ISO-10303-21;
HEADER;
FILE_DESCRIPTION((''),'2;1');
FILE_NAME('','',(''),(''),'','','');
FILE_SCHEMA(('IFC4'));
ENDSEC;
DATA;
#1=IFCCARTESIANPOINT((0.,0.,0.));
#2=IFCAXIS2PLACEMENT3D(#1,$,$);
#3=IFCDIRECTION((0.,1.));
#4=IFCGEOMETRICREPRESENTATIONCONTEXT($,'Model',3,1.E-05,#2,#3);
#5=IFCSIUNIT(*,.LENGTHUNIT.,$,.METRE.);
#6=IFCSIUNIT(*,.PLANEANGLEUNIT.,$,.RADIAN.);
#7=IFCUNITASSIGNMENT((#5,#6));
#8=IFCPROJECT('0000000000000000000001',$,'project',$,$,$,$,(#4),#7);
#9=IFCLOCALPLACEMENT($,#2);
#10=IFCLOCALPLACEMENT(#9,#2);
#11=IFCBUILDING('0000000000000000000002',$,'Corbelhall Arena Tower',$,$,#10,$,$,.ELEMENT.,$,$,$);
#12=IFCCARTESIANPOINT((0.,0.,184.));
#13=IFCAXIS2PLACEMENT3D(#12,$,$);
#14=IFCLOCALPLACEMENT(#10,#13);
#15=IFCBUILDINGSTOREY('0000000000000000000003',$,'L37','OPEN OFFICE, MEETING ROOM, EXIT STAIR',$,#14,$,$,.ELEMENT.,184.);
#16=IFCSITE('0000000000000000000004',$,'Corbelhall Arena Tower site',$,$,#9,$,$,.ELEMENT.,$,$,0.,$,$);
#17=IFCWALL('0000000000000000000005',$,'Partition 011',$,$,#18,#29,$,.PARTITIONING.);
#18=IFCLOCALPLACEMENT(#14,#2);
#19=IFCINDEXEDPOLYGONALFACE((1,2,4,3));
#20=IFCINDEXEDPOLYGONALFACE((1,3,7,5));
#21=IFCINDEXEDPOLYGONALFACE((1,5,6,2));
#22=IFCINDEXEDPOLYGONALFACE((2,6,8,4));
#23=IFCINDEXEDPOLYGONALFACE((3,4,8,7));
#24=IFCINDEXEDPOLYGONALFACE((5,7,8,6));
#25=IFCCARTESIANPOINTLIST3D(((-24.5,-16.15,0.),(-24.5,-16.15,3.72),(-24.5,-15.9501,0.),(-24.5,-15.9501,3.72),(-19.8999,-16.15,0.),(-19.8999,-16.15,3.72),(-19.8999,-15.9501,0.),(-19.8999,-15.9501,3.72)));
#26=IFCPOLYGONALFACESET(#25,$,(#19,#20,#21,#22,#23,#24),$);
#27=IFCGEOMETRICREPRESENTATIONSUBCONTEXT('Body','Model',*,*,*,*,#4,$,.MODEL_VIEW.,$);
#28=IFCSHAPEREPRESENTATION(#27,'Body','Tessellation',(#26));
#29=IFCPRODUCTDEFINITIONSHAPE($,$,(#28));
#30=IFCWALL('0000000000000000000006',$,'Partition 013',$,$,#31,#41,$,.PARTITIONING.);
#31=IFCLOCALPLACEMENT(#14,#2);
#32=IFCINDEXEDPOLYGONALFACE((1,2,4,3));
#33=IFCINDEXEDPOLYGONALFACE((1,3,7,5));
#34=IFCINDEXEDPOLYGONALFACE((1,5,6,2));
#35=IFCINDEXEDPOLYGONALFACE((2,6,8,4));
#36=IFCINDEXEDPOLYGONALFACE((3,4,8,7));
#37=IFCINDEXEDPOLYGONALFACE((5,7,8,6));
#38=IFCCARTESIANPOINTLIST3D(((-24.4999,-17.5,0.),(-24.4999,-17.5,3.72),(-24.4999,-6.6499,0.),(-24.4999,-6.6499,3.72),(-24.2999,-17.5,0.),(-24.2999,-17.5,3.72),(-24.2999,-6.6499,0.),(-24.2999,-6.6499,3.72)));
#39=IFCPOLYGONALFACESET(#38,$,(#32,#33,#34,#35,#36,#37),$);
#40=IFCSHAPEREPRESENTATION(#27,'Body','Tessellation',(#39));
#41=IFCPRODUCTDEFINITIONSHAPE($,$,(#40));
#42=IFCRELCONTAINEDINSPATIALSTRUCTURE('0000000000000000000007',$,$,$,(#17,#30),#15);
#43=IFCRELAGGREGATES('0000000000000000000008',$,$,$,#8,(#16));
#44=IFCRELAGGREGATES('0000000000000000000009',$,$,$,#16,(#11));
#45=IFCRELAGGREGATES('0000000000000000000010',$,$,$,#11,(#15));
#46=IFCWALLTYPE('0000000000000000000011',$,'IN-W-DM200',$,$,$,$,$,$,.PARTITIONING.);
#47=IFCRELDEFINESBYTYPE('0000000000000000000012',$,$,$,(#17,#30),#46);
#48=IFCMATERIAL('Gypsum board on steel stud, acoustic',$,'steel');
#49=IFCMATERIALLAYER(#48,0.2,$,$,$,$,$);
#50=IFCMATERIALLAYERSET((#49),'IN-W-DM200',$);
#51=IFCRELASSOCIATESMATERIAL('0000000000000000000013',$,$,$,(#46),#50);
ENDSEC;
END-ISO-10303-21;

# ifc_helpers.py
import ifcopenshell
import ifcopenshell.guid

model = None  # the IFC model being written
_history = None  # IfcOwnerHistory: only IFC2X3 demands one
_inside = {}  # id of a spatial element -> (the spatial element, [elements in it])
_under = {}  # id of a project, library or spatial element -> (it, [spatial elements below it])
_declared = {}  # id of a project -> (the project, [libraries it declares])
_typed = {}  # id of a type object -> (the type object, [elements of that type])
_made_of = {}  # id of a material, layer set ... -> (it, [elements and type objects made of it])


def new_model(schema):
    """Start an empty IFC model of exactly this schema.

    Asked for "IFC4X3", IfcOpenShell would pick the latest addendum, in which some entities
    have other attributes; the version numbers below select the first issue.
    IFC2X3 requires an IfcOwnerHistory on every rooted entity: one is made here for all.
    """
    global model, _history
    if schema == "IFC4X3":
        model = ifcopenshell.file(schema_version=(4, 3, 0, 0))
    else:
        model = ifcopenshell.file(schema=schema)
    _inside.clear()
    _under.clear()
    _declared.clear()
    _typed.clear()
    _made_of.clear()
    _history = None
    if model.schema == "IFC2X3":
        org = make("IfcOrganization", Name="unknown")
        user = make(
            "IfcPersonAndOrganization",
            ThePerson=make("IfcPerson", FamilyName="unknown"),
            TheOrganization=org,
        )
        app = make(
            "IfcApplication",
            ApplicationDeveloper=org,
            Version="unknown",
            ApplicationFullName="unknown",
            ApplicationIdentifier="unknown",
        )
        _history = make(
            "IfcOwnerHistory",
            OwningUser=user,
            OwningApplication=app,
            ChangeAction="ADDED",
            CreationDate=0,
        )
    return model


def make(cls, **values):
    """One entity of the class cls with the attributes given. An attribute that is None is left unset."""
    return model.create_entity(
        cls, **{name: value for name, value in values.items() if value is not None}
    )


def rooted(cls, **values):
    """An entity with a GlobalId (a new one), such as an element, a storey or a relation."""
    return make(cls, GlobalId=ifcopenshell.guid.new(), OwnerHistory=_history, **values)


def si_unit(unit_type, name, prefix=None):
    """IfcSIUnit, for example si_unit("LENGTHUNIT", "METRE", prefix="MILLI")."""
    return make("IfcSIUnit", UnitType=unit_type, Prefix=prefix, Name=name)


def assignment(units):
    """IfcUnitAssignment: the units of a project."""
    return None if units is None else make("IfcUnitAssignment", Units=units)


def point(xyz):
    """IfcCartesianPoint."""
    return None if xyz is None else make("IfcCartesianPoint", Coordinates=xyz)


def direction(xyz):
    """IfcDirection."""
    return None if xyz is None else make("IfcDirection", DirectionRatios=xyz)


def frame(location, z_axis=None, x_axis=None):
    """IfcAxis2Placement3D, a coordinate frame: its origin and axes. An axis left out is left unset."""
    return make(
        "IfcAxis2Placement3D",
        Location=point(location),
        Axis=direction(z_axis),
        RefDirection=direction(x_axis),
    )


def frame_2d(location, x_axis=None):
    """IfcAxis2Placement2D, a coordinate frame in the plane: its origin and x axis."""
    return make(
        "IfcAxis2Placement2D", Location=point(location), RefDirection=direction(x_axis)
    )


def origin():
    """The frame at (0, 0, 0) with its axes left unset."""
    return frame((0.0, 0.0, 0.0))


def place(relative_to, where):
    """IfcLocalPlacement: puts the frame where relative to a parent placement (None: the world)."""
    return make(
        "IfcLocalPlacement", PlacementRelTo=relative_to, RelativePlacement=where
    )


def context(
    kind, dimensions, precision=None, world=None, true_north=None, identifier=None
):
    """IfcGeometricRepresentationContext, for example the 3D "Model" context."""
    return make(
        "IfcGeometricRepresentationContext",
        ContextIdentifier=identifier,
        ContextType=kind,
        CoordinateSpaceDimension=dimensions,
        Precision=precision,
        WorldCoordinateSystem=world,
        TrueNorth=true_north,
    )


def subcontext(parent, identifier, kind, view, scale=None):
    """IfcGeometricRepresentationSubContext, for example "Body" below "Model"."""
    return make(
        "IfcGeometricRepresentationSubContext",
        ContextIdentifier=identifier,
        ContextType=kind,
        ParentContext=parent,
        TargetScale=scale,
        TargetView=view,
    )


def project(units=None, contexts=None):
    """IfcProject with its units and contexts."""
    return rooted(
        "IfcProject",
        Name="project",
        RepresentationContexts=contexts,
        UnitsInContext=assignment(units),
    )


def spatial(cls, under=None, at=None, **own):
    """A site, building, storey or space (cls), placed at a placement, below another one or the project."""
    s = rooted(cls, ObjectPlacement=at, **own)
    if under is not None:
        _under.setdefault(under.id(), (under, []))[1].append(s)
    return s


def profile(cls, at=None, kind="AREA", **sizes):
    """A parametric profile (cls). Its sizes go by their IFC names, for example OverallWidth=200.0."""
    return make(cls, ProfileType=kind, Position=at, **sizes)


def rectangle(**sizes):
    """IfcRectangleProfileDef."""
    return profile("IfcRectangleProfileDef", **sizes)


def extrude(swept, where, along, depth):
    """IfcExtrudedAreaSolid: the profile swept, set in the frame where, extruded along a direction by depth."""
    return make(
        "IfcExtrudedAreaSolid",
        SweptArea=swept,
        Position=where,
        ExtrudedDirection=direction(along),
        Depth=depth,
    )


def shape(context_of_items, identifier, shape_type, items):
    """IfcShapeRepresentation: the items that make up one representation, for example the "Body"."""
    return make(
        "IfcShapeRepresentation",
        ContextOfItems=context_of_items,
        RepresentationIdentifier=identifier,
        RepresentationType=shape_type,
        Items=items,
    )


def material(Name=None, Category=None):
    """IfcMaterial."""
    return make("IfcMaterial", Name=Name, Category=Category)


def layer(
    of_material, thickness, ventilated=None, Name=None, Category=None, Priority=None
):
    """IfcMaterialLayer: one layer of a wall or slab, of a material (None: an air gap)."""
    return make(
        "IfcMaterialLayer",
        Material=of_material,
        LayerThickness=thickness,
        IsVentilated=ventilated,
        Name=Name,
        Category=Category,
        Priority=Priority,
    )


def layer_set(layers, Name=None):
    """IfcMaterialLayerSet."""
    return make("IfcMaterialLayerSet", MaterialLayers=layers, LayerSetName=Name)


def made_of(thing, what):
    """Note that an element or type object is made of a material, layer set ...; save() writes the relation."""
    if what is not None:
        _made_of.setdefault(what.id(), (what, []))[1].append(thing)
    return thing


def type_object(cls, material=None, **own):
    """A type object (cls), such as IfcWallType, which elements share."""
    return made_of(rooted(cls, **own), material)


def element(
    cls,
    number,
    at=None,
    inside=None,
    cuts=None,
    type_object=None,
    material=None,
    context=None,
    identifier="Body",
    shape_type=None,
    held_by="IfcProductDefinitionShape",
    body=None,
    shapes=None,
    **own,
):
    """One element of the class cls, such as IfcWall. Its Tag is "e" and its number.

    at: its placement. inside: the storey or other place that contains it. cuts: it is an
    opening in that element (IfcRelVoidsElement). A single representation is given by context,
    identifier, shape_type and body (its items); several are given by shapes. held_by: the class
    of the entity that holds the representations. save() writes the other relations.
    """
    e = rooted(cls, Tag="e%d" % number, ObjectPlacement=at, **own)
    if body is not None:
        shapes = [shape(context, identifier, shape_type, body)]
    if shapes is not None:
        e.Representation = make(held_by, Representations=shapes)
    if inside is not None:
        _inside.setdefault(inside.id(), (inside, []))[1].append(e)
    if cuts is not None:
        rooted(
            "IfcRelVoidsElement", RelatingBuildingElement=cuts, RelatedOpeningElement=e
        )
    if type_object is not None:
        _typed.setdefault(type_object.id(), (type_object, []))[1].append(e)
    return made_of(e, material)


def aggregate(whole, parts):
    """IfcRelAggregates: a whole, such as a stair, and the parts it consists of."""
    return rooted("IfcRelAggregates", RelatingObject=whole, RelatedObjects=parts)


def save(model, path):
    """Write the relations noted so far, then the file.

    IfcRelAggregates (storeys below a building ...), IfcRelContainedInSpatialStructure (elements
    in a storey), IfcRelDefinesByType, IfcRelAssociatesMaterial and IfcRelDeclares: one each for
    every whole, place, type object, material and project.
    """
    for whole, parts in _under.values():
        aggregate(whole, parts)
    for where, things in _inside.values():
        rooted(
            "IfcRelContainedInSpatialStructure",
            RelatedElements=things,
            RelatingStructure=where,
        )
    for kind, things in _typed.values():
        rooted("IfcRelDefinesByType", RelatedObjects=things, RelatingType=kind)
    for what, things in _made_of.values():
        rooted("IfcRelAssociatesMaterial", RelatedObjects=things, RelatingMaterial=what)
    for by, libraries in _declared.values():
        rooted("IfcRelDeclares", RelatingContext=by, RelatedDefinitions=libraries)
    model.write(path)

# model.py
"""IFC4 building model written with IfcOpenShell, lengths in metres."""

from ifc_helpers import new_model, si_unit, direction, frame, frame_2d, origin, place, context, subcontext, project, spatial, rectangle, extrude, material, layer, layer_set, type_object, element, save


model = new_model("IFC4")

# Units and contexts
model_context = context("Model", 3, precision=1e-05, world=origin(), true_north=direction((0.0, 1.0)))
body_context = subcontext(model_context, "Body", "Model", "MODEL_VIEW")
ifc_project = project(units=[si_unit("LENGTHUNIT", "METRE"), si_unit("PLANEANGLEUNIT", "RADIAN")], contexts=[model_context])

# Site, building, storey
site_placement = place(None, origin())
site = spatial("IfcSite", under=ifc_project, at=site_placement, Name="Corbelhall Arena Tower site", CompositionType="ELEMENT", RefElevation=0.0)
building_placement = place(site_placement, origin())
building = spatial("IfcBuilding", under=site, at=building_placement, Name="Corbelhall Arena Tower", CompositionType="ELEMENT")
storey_placement = place(building_placement, frame((0.0, 0.0, 184.0)))
storey = spatial("IfcBuildingStorey", under=building, at=storey_placement, Name="L37", Description="OPEN OFFICE, MEETING ROOM, EXIT STAIR", CompositionType="ELEMENT", Elevation=184.0)

# Walls
ifc_material_1 = material(Name="Gypsum board on steel stud, acoustic", Category="steel")
ifc_layer_1 = layer(ifc_material_1, 0.2)
ifc_layer_set_1 = layer_set([ifc_layer_1], Name="IN-W-DM200")
wall_type_1 = type_object("IfcWallType", Name="IN-W-DM200", PredefinedType="PARTITIONING", material=ifc_layer_set_1)
wall_1_placement = place(storey_placement, frame((-24.5, -16.05, 0.0), z_axis=(0.0, 0.0, 1.0), x_axis=(1.0, 0.0, 0.0)))
element("IfcWall", 1, at=wall_1_placement, inside=storey, type_object=wall_type_1, Name="Partition 011", PredefinedType="PARTITIONING", context=body_context, shape_type="SweptSolid", body=[
    extrude(rectangle(XDim=4.6001, YDim=0.2, at=frame_2d((2.3, 0.0))), origin(), (0.0, 0.0, 1.0), 3.72),
])
wall_2_placement = place(storey_placement, frame((-24.3999, -17.5, 0.0), z_axis=(0.0, 0.0, 1.0), x_axis=(0.0, 1.0, 0.0)))
element("IfcWall", 2, at=wall_2_placement, inside=storey, type_object=wall_type_1, Name="Partition 013", PredefinedType="PARTITIONING", context=body_context, shape_type="SweptSolid", body=[
    extrude(rectangle(XDim=10.8501, YDim=0.2, at=frame_2d((5.425, 0.0))), origin(), (0.0, 0.0, 1.0), 3.72),
])

save(model, "model.ifc")
